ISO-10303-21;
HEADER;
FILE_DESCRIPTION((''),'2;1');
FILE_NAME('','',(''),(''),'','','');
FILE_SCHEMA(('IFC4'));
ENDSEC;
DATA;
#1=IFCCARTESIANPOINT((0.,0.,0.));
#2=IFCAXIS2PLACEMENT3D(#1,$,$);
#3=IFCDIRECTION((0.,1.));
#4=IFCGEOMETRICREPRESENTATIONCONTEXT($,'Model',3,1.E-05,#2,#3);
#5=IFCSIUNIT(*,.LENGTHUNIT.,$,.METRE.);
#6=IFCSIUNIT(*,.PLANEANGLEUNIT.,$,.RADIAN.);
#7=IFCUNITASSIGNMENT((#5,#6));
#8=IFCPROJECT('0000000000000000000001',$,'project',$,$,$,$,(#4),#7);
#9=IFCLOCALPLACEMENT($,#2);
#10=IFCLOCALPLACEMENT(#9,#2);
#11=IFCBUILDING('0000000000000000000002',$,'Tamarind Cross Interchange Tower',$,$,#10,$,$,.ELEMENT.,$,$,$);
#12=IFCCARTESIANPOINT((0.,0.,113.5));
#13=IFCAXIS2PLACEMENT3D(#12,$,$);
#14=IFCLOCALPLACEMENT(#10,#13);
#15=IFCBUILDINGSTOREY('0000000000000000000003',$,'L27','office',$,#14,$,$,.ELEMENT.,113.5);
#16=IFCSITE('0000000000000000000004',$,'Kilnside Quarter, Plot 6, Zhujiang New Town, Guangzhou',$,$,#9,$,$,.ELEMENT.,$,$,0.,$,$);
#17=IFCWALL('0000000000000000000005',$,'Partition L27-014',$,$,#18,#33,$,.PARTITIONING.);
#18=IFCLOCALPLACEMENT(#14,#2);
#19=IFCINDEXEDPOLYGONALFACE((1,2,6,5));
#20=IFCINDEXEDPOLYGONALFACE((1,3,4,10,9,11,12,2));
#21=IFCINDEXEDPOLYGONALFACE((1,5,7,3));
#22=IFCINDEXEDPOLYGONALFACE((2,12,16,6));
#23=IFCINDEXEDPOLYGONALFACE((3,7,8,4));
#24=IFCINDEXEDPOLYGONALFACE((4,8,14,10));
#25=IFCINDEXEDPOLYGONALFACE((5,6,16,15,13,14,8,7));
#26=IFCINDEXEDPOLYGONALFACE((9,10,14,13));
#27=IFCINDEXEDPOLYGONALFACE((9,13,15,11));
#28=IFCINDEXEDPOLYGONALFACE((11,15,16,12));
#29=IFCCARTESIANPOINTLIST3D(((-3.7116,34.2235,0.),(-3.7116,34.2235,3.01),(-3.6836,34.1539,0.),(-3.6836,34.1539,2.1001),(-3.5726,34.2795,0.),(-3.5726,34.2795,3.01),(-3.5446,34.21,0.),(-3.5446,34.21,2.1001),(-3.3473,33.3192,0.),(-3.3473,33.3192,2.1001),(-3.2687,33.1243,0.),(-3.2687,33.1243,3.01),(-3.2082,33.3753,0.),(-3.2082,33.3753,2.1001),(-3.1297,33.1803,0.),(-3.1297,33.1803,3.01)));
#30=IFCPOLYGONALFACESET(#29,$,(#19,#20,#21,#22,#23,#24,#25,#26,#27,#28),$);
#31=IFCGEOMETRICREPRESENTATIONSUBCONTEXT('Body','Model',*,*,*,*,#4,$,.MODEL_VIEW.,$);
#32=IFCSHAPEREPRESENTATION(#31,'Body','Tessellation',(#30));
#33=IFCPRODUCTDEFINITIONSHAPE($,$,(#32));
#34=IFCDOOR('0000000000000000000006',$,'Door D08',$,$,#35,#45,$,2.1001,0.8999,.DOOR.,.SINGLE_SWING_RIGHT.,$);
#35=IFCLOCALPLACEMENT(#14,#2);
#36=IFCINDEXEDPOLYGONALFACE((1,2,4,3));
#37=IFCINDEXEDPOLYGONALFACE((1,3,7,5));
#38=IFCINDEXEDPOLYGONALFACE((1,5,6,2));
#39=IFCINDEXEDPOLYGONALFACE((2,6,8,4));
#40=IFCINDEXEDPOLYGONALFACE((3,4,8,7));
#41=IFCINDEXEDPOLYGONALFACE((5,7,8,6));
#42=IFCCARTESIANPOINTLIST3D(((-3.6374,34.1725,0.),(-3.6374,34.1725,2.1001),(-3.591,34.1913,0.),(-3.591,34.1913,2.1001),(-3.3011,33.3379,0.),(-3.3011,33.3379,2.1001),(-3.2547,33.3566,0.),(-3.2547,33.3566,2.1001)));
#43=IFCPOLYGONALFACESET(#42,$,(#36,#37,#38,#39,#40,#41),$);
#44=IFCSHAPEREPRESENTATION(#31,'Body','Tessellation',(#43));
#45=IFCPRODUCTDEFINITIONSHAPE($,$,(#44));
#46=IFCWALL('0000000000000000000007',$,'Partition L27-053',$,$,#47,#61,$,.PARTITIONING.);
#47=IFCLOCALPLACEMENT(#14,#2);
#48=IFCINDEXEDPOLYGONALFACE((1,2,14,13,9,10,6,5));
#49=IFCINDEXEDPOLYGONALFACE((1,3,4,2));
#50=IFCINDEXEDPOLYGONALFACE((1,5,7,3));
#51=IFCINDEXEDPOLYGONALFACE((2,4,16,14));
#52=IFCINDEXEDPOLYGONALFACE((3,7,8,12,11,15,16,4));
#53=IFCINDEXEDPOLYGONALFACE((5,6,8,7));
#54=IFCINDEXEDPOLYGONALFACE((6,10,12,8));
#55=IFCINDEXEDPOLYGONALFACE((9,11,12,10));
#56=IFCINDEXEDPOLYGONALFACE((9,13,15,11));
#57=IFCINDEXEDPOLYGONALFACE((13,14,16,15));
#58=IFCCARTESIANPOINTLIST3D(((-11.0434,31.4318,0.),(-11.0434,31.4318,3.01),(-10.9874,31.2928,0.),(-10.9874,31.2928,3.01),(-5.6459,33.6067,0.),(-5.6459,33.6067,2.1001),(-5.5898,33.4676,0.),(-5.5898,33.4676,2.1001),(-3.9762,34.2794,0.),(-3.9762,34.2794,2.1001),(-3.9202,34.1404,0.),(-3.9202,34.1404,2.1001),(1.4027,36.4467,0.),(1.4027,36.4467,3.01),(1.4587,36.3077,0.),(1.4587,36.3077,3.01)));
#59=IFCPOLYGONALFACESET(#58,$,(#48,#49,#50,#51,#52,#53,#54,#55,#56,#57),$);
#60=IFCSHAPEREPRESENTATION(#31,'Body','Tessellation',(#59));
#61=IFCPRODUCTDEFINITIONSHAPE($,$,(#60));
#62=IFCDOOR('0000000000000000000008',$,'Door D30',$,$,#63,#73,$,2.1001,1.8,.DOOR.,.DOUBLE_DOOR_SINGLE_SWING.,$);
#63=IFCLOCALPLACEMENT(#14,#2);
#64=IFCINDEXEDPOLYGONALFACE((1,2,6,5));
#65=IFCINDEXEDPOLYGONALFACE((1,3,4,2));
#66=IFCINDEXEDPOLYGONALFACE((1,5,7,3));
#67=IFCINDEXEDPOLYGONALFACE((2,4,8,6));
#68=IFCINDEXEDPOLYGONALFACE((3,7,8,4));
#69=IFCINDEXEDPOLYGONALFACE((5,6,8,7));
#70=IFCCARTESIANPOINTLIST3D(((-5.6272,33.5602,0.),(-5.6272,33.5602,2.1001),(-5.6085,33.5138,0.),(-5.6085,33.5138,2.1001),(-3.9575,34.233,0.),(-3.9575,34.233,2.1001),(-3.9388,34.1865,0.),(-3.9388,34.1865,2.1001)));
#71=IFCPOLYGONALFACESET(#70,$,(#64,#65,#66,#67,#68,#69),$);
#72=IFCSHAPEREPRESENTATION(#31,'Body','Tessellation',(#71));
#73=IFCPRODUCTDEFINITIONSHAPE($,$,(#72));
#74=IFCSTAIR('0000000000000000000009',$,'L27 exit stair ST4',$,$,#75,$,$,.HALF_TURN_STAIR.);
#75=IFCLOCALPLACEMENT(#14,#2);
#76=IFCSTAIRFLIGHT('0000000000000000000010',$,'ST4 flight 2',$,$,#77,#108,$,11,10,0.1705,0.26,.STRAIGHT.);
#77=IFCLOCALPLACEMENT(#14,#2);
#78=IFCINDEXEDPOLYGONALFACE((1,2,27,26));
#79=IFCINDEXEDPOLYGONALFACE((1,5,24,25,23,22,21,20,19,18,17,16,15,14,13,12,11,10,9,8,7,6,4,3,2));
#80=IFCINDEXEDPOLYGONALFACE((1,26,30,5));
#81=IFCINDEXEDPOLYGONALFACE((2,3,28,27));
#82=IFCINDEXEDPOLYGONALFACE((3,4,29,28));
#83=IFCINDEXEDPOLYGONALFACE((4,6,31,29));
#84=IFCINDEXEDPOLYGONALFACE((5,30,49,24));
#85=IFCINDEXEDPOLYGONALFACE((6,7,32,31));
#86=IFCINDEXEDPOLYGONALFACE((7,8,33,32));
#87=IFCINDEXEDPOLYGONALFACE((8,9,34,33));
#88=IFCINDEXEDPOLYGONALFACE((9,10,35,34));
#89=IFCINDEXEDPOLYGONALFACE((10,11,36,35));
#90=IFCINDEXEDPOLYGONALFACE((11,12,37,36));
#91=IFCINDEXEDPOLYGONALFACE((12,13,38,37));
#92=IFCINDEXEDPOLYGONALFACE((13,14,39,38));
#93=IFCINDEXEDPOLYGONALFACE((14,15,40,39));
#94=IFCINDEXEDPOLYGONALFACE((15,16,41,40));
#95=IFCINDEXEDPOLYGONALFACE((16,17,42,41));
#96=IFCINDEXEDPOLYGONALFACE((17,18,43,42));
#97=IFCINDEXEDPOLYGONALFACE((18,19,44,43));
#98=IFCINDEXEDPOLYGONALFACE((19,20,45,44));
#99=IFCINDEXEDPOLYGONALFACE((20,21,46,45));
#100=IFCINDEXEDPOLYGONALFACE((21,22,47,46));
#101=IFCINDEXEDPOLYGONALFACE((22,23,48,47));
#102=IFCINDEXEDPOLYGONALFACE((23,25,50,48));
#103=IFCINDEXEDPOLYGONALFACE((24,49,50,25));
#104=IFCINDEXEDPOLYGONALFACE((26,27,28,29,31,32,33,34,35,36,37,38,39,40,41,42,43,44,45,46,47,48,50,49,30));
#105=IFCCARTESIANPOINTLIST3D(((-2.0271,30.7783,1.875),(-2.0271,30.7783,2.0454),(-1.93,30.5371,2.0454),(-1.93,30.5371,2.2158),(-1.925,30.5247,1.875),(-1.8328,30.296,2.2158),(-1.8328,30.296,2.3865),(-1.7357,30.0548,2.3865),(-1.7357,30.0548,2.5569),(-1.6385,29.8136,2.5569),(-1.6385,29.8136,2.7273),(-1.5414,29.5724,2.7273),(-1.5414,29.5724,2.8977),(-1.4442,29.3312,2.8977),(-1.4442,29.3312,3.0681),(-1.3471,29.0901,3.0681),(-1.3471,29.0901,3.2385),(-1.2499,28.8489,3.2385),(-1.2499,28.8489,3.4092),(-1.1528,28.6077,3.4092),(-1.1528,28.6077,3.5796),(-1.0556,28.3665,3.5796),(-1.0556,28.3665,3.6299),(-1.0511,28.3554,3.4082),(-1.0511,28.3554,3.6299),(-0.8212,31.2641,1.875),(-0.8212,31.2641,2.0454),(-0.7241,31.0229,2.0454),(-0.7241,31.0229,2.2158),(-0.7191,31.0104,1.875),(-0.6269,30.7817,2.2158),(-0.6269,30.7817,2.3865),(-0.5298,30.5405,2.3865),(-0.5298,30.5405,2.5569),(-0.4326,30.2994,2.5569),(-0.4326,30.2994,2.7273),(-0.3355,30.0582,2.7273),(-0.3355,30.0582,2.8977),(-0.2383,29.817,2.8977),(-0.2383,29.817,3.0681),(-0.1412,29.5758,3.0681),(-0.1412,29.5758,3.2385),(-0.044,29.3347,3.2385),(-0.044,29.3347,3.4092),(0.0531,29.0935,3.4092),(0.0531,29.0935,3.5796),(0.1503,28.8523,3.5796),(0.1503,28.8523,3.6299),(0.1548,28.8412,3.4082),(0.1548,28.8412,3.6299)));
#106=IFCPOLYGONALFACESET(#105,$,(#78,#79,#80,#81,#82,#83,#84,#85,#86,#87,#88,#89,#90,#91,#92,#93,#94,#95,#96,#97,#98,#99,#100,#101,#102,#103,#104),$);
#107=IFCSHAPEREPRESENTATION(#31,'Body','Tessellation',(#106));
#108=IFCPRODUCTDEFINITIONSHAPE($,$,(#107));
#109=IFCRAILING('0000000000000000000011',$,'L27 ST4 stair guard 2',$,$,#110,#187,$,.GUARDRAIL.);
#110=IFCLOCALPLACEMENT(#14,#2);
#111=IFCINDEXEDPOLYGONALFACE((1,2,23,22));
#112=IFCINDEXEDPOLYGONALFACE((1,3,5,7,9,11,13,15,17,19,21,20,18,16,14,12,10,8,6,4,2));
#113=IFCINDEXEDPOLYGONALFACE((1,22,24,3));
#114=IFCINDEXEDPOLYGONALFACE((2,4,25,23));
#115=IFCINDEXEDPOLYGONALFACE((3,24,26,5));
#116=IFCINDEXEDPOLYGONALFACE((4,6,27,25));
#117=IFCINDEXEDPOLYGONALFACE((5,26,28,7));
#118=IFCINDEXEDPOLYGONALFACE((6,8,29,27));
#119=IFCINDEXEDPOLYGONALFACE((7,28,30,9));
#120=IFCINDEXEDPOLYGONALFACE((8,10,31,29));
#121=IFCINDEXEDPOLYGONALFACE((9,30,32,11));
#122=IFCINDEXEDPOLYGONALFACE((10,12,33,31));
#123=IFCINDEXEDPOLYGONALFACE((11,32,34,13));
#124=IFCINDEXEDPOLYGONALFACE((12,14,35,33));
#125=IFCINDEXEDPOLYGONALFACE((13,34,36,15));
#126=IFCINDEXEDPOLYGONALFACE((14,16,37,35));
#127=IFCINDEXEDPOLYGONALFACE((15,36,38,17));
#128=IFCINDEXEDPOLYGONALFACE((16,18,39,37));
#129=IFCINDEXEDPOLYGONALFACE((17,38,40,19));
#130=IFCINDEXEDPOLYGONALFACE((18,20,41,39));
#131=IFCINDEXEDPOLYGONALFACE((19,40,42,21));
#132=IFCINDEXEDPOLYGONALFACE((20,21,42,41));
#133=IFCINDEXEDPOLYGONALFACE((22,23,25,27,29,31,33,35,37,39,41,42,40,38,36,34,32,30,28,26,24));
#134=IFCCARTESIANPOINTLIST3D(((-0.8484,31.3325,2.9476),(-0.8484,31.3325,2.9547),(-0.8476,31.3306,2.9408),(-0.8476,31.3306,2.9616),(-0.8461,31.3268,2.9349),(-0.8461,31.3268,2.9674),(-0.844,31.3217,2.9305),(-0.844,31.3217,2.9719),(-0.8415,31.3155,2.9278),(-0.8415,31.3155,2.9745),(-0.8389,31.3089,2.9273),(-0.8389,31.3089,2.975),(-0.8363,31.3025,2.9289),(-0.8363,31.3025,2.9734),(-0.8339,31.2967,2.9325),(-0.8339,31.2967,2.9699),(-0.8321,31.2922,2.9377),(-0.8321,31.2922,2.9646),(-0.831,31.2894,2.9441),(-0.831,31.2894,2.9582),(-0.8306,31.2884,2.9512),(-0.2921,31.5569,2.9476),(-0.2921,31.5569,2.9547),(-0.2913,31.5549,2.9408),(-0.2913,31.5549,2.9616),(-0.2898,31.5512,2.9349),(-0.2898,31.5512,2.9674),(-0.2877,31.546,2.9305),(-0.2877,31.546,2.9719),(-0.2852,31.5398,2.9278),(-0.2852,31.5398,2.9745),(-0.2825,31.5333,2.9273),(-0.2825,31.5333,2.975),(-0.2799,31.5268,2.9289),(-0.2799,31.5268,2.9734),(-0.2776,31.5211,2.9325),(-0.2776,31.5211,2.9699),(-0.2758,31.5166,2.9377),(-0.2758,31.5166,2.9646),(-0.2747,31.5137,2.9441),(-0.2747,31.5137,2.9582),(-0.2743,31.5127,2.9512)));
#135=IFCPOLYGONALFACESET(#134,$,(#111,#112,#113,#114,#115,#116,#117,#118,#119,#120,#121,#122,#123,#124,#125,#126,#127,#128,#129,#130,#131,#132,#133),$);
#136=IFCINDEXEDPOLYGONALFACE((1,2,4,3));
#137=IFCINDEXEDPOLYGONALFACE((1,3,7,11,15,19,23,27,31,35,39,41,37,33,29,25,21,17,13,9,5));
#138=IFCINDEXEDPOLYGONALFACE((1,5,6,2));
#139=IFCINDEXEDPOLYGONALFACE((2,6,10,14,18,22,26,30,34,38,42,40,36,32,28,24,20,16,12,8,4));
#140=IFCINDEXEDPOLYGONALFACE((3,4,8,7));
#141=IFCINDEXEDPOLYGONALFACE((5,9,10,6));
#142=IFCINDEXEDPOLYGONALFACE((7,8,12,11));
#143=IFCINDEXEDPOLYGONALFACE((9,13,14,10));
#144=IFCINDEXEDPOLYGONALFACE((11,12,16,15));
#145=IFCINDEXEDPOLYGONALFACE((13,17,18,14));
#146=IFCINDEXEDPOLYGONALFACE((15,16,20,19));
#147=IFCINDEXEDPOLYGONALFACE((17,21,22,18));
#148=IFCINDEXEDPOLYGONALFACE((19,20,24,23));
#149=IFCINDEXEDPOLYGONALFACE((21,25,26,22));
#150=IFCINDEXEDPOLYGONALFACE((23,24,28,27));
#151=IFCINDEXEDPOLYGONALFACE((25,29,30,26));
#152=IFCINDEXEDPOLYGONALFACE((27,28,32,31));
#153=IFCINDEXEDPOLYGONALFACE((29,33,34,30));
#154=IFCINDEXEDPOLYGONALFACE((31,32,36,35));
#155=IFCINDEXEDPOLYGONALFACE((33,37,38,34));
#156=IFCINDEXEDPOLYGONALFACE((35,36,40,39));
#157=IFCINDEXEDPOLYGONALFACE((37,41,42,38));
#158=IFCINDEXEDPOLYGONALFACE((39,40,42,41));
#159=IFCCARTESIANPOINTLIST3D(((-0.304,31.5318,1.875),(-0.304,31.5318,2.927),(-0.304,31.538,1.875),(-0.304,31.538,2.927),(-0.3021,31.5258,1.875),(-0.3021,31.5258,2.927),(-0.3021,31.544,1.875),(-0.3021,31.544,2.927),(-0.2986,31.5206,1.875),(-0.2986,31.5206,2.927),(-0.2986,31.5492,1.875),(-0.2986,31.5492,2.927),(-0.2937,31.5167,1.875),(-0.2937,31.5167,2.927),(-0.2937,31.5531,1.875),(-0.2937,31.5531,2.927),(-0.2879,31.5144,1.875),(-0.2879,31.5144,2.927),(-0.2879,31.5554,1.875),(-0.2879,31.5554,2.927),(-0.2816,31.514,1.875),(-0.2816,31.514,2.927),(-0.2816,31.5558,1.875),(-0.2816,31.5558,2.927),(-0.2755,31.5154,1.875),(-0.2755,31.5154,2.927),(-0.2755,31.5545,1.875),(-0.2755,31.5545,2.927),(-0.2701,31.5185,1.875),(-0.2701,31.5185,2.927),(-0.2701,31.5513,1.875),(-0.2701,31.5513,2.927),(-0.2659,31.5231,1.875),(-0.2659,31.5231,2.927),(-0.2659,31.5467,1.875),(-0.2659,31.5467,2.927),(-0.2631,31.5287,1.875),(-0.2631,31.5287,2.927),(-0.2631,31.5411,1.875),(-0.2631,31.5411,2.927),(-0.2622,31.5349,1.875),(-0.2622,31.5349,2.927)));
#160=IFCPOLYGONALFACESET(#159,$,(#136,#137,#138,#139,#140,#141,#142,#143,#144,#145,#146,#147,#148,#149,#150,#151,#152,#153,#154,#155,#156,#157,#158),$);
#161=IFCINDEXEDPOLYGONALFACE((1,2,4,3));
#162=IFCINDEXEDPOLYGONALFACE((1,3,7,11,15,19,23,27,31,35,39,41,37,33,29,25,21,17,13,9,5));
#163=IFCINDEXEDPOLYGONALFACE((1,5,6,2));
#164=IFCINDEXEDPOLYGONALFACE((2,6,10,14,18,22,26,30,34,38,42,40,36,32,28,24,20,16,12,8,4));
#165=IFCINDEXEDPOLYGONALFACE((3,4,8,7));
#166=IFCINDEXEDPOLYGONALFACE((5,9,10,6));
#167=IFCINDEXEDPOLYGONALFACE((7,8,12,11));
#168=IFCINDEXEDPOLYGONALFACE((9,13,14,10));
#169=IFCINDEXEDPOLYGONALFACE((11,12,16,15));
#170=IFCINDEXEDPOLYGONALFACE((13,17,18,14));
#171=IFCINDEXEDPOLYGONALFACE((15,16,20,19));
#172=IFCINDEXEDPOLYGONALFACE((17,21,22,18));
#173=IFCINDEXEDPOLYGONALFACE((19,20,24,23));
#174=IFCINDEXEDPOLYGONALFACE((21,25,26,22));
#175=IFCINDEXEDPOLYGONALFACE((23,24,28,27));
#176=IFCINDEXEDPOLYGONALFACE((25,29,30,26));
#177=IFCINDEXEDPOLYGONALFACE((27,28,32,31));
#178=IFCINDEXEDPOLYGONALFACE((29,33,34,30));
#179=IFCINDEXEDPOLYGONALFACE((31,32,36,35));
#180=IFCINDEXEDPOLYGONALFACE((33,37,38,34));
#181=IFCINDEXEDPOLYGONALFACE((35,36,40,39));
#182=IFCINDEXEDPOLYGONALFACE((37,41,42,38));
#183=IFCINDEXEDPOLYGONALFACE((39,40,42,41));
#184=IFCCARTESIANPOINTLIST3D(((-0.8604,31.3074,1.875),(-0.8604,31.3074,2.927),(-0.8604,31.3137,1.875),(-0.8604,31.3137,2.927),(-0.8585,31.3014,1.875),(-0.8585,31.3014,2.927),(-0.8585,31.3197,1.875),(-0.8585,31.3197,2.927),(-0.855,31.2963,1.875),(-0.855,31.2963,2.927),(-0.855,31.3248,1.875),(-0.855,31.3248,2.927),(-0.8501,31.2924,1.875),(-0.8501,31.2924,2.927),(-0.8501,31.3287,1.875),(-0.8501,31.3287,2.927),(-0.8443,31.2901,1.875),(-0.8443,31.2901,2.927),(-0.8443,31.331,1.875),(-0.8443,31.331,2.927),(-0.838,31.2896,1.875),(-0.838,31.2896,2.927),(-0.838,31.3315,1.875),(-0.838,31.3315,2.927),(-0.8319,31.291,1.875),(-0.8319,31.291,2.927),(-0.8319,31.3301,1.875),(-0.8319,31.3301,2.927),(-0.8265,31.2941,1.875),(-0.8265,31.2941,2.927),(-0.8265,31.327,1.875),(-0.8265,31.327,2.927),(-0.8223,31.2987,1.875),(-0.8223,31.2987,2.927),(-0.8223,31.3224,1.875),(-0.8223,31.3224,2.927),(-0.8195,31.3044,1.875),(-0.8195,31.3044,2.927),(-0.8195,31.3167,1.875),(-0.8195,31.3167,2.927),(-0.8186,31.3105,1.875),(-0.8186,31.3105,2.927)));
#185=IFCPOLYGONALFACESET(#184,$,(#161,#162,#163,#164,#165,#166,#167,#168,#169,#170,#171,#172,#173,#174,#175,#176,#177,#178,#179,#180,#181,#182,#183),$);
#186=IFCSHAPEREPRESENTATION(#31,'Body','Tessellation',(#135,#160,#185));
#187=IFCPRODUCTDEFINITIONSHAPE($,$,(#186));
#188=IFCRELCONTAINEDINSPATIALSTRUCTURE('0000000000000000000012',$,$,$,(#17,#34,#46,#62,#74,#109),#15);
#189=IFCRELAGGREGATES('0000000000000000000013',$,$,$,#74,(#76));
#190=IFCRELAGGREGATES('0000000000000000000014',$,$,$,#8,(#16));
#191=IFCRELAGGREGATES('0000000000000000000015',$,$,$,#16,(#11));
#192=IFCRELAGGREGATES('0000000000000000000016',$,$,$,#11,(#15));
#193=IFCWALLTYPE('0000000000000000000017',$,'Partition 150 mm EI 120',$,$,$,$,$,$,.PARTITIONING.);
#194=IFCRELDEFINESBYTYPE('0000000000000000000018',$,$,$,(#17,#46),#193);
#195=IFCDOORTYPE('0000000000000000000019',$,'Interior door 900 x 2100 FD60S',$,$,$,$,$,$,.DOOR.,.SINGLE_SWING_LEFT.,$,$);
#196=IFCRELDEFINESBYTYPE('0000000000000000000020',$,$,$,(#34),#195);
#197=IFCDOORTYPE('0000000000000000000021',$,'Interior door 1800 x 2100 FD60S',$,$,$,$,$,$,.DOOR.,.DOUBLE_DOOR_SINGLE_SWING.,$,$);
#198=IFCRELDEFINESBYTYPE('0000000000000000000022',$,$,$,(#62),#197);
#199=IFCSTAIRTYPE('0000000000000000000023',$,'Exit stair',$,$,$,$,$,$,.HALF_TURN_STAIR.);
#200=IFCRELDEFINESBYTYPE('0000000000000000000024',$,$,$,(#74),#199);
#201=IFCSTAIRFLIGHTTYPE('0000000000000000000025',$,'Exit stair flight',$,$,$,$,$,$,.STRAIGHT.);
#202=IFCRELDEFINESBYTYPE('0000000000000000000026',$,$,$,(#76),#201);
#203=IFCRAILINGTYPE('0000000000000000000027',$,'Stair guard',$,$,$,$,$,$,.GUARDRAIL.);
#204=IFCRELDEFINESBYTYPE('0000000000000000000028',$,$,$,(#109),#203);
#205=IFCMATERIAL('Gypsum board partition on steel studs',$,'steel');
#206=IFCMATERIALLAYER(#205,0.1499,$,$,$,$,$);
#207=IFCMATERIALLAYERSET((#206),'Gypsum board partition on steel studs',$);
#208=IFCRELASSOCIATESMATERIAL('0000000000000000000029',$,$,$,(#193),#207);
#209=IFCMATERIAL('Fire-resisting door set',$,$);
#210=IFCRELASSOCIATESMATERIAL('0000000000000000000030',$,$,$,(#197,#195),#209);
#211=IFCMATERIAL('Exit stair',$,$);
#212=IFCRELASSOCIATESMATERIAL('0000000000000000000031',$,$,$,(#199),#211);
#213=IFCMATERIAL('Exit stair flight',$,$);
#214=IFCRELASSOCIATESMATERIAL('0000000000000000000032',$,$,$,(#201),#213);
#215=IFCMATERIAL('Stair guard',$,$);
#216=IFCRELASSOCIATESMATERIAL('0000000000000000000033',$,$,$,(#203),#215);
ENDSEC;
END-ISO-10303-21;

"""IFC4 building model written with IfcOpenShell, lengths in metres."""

from ifc_helpers import new_model, si_unit, direction, frame, frame_2d, origin, origin_2d, place, context, subcontext, project, spatial, polyline, rectangle, circle, outline, extrude, material, layer, layer_set, type_object, element, fill, aggregate, save


model = new_model("IFC4")

# Units and contexts
model_context = context("Model", 3, precision=1e-05, world=origin(), true_north=direction((0.0, 1.0)))
body_context = subcontext(model_context, "Body", "Model", "MODEL_VIEW")
ifc_project = project(units=[si_unit("LENGTHUNIT", "METRE"), si_unit("PLANEANGLEUNIT", "RADIAN")], contexts=[model_context])

# Site, building, storey
site_placement = place(None, origin())
site = spatial("IfcSite", under=ifc_project, at=site_placement, Name="Kilnside Quarter, Plot 6, Zhujiang New Town, Guangzhou", CompositionType="ELEMENT", RefElevation=0.0)
building_placement = place(site_placement, origin())
building = spatial("IfcBuilding", under=site, at=building_placement, Name="Tamarind Cross Interchange Tower", CompositionType="ELEMENT")
storey_placement = place(building_placement, frame((0.0, 0.0, 113.5)))
storey = spatial("IfcBuildingStorey", under=building, at=storey_placement, Name="L27", Description="office", CompositionType="ELEMENT", Elevation=113.5)

# Shared definitions
ifc_material_1 = material(Name="Gypsum board partition on steel studs", Category="steel")

# Shared definitions
ifc_layer_1 = layer(ifc_material_1, 0.1499)
ifc_layer_set_1 = layer_set([ifc_layer_1], Name="Gypsum board partition on steel studs")
wall_type_1 = type_object("IfcWallType", Name="Partition 150 mm EI 120", PredefinedType="PARTITIONING", material=ifc_layer_set_1)
ifc_material_2 = material(Name="Fire-resisting door set")
door_type_1 = type_object("IfcDoorType", Name="Interior door 1800 x 2100 FD60S", OperationType="DOUBLE_DOOR_SINGLE_SWING", PredefinedType="DOOR", material=ifc_material_2)

# Walls, openings, doors
wall_1_placement = place(storey_placement, frame((-3.6421, 34.2515, 0.0), z_axis=(0.0, 0.0, 1.0), x_axis=(0.373734, -0.927536, 0.0)))
wall_1 = element("IfcWall", 1, at=wall_1_placement, inside=storey, type_object=wall_type_1, Name="Partition L27-014", PredefinedType="PARTITIONING", context=body_context, shape_type="SweptSolid", body=[
    extrude(rectangle(XDim=1.1851, YDim=0.1499, at=frame_2d((0.5925, 0.0))), origin(), (0.0, 0.0, 1.0), 3.01),
])
opening_1_placement = place(wall_1_placement, frame((0.075, 0.0, 0.0)))
opening_1 = element("IfcOpeningElement", 2, at=opening_1_placement, cuts=wall_1, PredefinedType="OPENING", context=body_context, shape_type="SweptSolid", body=[
    extrude(rectangle(XDim=0.8999, YDim=2.1001, at=frame_2d((0.45, 1.05))), frame((0.0, 0.085, 0.0), z_axis=(0.0, -1.0, 0.0), x_axis=(1.0, 0.0, 0.0)), (0.0, 0.0, 1.0), 0.1699),
])
door_type_2 = type_object("IfcDoorType", Name="Interior door 900 x 2100 FD60S", OperationType="SINGLE_SWING_LEFT", PredefinedType="DOOR", material=ifc_material_2)
door_1_placement = place(opening_1_placement, origin())
door_1 = element("IfcDoor", 3, at=door_1_placement, inside=storey, type_object=door_type_2, Name="Door D08", OperationType="SINGLE_SWING_RIGHT", OverallHeight=2.1001, OverallWidth=0.8999, PredefinedType="DOOR", context=body_context, shape_type="SweptSolid", body=[
    extrude(rectangle(XDim=0.8999, YDim=2.1001, at=frame_2d((0.45, 1.05))), frame((0.0, 0.0249, 0.0), z_axis=(0.0, -1.0, 0.0), x_axis=(1.0, 0.0, 0.0)), (0.0, 0.0, 1.0), 0.05),
])
fill(opening_1, door_1)
wall_2_placement = place(storey_placement, frame((-11.0154, 31.3623, 0.0), z_axis=(0.0, 0.0, 1.0), x_axis=(0.927536, 0.373733, 0.0)))
wall_2 = element("IfcWall", 4, at=wall_2_placement, inside=storey, type_object=wall_type_1, Name="Partition L27-053", PredefinedType="PARTITIONING", context=body_context, shape_type="SweptSolid", body=[
    extrude(rectangle(XDim=13.4185, YDim=0.1499, at=frame_2d((6.7092, 0.0))), origin(), (0.0, 0.0, 1.0), 3.01),
])
opening_2_placement = place(wall_2_placement, frame((5.8193, 0.0, 0.0)))
opening_2 = element("IfcOpeningElement", 5, at=opening_2_placement, cuts=wall_2, PredefinedType="OPENING", context=body_context, shape_type="SweptSolid", body=[
    extrude(rectangle(XDim=1.8, YDim=2.1001, at=frame_2d((0.8999, 1.05))), frame((0.0, 0.085, 0.0), z_axis=(0.0, -1.0, 0.0), x_axis=(1.0, 0.0, 0.0)), (0.0, 0.0, 1.0), 0.1699),
])
door_2_placement = place(opening_2_placement, origin())
door_2 = element("IfcDoor", 6, at=door_2_placement, inside=storey, type_object=door_type_1, Name="Door D30", OperationType="DOUBLE_DOOR_SINGLE_SWING", OverallHeight=2.1001, OverallWidth=1.8, PredefinedType="DOOR", context=body_context, shape_type="SweptSolid", body=[
    extrude(rectangle(XDim=1.8, YDim=2.1001, at=frame_2d((0.8999, 1.05))), frame((0.0, 0.0249, 0.0), z_axis=(0.0, -1.0, 0.0), x_axis=(1.0, 0.0, 0.0)), (0.0, 0.0, 1.0), 0.05),
])
fill(opening_2, door_2)

# Stair, stair flight
ifc_material_3 = material(Name="Exit stair")
stair_type = type_object("IfcStairType", Name="Exit stair", PredefinedType="HALF_TURN_STAIR", material=ifc_material_3)
stair_placement = place(storey_placement, origin())
stair = element("IfcStair", 7, at=stair_placement, inside=storey, type_object=stair_type, Name="L27 exit stair ST4", PredefinedType="HALF_TURN_STAIR")
ifc_material_4 = material(Name="Exit stair flight")
stair_flight_type = type_object("IfcStairFlightType", Name="Exit stair flight", PredefinedType="STRAIGHT", material=ifc_material_4)
stair_flight_placement = place(storey_placement, frame((-1.4241, 31.0212, 1.875), z_axis=(0.0, 0.0, 1.0), x_axis=(0.373648, -0.92757, 0.0)))
stair_flight = element("IfcStairFlight", 8, at=stair_flight_placement, type_object=stair_flight_type, Name="ST4 flight 2", NumberOfRisers=11, NumberOfTreads=10, PredefinedType="STRAIGHT", RiserHeight=0.1705, TreadLength=0.26, context=body_context, shape_type="SweptSolid", body=[
    extrude(outline(polyline([(0.0, 0.0), (0.0, 0.1704), (0.26, 0.1704), (0.26, 0.3408), (0.52, 0.3408), (0.52, 0.5115), (0.78, 0.5115), (0.78, 0.6819), (1.04, 0.6819), (1.04, 0.8523), (1.3, 0.8523), (1.3, 1.0227), (1.5601, 1.0227), (1.5601, 1.1931), (1.8201, 1.1931), (1.8201, 1.3635), (2.0801, 1.3635), (2.0801, 1.5342), (2.3401, 1.5342), (2.3401, 1.7046), (2.6001, 1.7046), (2.6001, 1.7549), (2.6121, 1.7549), (2.6121, 1.5332), (0.2734, 0.0), (0.0, 0.0)])), frame((0.0, 0.6499, 0.0), z_axis=(0.0, -1.0, 0.0), x_axis=(1.0, 0.0, 0.0)), (0.0, 0.0, 1.0), 1.3),
])
aggregate(stair, [stair_flight])

# Railing
ifc_material_5 = material(Name="Stair guard")
railing_type_1 = type_object("IfcRailingType", Name="Stair guard", PredefinedType="GUARDRAIL", material=ifc_material_5)
railing_1_placement = place(storey_placement, frame((-0.2832, 31.5349, 1.875)))
element("IfcRailing", 9, at=railing_1_placement, inside=storey, type_object=railing_type_1, Name="L27 ST4 stair guard 2", PredefinedType="GUARDRAIL", context=body_context, shape_type="SweptSolid", body=[
    extrude(circle(Radius=0.0239, at=origin_2d()), frame((0.0, 0.0, 1.0762), z_axis=(-0.927435, -0.373985, 0.0), x_axis=(0.373985, -0.927435, 0.0)), (0.0, 0.0, 1.0), 0.5999),
    extrude(circle(Radius=0.021, at=origin_2d()), origin(), (0.0, 0.0, 1.0), 1.052),
    extrude(circle(Radius=0.021, at=origin_2d()), frame((-0.5564, -0.2244, 0.0)), (0.0, 0.0, 1.0), 1.052),
])

save(model, "model.ifc")
